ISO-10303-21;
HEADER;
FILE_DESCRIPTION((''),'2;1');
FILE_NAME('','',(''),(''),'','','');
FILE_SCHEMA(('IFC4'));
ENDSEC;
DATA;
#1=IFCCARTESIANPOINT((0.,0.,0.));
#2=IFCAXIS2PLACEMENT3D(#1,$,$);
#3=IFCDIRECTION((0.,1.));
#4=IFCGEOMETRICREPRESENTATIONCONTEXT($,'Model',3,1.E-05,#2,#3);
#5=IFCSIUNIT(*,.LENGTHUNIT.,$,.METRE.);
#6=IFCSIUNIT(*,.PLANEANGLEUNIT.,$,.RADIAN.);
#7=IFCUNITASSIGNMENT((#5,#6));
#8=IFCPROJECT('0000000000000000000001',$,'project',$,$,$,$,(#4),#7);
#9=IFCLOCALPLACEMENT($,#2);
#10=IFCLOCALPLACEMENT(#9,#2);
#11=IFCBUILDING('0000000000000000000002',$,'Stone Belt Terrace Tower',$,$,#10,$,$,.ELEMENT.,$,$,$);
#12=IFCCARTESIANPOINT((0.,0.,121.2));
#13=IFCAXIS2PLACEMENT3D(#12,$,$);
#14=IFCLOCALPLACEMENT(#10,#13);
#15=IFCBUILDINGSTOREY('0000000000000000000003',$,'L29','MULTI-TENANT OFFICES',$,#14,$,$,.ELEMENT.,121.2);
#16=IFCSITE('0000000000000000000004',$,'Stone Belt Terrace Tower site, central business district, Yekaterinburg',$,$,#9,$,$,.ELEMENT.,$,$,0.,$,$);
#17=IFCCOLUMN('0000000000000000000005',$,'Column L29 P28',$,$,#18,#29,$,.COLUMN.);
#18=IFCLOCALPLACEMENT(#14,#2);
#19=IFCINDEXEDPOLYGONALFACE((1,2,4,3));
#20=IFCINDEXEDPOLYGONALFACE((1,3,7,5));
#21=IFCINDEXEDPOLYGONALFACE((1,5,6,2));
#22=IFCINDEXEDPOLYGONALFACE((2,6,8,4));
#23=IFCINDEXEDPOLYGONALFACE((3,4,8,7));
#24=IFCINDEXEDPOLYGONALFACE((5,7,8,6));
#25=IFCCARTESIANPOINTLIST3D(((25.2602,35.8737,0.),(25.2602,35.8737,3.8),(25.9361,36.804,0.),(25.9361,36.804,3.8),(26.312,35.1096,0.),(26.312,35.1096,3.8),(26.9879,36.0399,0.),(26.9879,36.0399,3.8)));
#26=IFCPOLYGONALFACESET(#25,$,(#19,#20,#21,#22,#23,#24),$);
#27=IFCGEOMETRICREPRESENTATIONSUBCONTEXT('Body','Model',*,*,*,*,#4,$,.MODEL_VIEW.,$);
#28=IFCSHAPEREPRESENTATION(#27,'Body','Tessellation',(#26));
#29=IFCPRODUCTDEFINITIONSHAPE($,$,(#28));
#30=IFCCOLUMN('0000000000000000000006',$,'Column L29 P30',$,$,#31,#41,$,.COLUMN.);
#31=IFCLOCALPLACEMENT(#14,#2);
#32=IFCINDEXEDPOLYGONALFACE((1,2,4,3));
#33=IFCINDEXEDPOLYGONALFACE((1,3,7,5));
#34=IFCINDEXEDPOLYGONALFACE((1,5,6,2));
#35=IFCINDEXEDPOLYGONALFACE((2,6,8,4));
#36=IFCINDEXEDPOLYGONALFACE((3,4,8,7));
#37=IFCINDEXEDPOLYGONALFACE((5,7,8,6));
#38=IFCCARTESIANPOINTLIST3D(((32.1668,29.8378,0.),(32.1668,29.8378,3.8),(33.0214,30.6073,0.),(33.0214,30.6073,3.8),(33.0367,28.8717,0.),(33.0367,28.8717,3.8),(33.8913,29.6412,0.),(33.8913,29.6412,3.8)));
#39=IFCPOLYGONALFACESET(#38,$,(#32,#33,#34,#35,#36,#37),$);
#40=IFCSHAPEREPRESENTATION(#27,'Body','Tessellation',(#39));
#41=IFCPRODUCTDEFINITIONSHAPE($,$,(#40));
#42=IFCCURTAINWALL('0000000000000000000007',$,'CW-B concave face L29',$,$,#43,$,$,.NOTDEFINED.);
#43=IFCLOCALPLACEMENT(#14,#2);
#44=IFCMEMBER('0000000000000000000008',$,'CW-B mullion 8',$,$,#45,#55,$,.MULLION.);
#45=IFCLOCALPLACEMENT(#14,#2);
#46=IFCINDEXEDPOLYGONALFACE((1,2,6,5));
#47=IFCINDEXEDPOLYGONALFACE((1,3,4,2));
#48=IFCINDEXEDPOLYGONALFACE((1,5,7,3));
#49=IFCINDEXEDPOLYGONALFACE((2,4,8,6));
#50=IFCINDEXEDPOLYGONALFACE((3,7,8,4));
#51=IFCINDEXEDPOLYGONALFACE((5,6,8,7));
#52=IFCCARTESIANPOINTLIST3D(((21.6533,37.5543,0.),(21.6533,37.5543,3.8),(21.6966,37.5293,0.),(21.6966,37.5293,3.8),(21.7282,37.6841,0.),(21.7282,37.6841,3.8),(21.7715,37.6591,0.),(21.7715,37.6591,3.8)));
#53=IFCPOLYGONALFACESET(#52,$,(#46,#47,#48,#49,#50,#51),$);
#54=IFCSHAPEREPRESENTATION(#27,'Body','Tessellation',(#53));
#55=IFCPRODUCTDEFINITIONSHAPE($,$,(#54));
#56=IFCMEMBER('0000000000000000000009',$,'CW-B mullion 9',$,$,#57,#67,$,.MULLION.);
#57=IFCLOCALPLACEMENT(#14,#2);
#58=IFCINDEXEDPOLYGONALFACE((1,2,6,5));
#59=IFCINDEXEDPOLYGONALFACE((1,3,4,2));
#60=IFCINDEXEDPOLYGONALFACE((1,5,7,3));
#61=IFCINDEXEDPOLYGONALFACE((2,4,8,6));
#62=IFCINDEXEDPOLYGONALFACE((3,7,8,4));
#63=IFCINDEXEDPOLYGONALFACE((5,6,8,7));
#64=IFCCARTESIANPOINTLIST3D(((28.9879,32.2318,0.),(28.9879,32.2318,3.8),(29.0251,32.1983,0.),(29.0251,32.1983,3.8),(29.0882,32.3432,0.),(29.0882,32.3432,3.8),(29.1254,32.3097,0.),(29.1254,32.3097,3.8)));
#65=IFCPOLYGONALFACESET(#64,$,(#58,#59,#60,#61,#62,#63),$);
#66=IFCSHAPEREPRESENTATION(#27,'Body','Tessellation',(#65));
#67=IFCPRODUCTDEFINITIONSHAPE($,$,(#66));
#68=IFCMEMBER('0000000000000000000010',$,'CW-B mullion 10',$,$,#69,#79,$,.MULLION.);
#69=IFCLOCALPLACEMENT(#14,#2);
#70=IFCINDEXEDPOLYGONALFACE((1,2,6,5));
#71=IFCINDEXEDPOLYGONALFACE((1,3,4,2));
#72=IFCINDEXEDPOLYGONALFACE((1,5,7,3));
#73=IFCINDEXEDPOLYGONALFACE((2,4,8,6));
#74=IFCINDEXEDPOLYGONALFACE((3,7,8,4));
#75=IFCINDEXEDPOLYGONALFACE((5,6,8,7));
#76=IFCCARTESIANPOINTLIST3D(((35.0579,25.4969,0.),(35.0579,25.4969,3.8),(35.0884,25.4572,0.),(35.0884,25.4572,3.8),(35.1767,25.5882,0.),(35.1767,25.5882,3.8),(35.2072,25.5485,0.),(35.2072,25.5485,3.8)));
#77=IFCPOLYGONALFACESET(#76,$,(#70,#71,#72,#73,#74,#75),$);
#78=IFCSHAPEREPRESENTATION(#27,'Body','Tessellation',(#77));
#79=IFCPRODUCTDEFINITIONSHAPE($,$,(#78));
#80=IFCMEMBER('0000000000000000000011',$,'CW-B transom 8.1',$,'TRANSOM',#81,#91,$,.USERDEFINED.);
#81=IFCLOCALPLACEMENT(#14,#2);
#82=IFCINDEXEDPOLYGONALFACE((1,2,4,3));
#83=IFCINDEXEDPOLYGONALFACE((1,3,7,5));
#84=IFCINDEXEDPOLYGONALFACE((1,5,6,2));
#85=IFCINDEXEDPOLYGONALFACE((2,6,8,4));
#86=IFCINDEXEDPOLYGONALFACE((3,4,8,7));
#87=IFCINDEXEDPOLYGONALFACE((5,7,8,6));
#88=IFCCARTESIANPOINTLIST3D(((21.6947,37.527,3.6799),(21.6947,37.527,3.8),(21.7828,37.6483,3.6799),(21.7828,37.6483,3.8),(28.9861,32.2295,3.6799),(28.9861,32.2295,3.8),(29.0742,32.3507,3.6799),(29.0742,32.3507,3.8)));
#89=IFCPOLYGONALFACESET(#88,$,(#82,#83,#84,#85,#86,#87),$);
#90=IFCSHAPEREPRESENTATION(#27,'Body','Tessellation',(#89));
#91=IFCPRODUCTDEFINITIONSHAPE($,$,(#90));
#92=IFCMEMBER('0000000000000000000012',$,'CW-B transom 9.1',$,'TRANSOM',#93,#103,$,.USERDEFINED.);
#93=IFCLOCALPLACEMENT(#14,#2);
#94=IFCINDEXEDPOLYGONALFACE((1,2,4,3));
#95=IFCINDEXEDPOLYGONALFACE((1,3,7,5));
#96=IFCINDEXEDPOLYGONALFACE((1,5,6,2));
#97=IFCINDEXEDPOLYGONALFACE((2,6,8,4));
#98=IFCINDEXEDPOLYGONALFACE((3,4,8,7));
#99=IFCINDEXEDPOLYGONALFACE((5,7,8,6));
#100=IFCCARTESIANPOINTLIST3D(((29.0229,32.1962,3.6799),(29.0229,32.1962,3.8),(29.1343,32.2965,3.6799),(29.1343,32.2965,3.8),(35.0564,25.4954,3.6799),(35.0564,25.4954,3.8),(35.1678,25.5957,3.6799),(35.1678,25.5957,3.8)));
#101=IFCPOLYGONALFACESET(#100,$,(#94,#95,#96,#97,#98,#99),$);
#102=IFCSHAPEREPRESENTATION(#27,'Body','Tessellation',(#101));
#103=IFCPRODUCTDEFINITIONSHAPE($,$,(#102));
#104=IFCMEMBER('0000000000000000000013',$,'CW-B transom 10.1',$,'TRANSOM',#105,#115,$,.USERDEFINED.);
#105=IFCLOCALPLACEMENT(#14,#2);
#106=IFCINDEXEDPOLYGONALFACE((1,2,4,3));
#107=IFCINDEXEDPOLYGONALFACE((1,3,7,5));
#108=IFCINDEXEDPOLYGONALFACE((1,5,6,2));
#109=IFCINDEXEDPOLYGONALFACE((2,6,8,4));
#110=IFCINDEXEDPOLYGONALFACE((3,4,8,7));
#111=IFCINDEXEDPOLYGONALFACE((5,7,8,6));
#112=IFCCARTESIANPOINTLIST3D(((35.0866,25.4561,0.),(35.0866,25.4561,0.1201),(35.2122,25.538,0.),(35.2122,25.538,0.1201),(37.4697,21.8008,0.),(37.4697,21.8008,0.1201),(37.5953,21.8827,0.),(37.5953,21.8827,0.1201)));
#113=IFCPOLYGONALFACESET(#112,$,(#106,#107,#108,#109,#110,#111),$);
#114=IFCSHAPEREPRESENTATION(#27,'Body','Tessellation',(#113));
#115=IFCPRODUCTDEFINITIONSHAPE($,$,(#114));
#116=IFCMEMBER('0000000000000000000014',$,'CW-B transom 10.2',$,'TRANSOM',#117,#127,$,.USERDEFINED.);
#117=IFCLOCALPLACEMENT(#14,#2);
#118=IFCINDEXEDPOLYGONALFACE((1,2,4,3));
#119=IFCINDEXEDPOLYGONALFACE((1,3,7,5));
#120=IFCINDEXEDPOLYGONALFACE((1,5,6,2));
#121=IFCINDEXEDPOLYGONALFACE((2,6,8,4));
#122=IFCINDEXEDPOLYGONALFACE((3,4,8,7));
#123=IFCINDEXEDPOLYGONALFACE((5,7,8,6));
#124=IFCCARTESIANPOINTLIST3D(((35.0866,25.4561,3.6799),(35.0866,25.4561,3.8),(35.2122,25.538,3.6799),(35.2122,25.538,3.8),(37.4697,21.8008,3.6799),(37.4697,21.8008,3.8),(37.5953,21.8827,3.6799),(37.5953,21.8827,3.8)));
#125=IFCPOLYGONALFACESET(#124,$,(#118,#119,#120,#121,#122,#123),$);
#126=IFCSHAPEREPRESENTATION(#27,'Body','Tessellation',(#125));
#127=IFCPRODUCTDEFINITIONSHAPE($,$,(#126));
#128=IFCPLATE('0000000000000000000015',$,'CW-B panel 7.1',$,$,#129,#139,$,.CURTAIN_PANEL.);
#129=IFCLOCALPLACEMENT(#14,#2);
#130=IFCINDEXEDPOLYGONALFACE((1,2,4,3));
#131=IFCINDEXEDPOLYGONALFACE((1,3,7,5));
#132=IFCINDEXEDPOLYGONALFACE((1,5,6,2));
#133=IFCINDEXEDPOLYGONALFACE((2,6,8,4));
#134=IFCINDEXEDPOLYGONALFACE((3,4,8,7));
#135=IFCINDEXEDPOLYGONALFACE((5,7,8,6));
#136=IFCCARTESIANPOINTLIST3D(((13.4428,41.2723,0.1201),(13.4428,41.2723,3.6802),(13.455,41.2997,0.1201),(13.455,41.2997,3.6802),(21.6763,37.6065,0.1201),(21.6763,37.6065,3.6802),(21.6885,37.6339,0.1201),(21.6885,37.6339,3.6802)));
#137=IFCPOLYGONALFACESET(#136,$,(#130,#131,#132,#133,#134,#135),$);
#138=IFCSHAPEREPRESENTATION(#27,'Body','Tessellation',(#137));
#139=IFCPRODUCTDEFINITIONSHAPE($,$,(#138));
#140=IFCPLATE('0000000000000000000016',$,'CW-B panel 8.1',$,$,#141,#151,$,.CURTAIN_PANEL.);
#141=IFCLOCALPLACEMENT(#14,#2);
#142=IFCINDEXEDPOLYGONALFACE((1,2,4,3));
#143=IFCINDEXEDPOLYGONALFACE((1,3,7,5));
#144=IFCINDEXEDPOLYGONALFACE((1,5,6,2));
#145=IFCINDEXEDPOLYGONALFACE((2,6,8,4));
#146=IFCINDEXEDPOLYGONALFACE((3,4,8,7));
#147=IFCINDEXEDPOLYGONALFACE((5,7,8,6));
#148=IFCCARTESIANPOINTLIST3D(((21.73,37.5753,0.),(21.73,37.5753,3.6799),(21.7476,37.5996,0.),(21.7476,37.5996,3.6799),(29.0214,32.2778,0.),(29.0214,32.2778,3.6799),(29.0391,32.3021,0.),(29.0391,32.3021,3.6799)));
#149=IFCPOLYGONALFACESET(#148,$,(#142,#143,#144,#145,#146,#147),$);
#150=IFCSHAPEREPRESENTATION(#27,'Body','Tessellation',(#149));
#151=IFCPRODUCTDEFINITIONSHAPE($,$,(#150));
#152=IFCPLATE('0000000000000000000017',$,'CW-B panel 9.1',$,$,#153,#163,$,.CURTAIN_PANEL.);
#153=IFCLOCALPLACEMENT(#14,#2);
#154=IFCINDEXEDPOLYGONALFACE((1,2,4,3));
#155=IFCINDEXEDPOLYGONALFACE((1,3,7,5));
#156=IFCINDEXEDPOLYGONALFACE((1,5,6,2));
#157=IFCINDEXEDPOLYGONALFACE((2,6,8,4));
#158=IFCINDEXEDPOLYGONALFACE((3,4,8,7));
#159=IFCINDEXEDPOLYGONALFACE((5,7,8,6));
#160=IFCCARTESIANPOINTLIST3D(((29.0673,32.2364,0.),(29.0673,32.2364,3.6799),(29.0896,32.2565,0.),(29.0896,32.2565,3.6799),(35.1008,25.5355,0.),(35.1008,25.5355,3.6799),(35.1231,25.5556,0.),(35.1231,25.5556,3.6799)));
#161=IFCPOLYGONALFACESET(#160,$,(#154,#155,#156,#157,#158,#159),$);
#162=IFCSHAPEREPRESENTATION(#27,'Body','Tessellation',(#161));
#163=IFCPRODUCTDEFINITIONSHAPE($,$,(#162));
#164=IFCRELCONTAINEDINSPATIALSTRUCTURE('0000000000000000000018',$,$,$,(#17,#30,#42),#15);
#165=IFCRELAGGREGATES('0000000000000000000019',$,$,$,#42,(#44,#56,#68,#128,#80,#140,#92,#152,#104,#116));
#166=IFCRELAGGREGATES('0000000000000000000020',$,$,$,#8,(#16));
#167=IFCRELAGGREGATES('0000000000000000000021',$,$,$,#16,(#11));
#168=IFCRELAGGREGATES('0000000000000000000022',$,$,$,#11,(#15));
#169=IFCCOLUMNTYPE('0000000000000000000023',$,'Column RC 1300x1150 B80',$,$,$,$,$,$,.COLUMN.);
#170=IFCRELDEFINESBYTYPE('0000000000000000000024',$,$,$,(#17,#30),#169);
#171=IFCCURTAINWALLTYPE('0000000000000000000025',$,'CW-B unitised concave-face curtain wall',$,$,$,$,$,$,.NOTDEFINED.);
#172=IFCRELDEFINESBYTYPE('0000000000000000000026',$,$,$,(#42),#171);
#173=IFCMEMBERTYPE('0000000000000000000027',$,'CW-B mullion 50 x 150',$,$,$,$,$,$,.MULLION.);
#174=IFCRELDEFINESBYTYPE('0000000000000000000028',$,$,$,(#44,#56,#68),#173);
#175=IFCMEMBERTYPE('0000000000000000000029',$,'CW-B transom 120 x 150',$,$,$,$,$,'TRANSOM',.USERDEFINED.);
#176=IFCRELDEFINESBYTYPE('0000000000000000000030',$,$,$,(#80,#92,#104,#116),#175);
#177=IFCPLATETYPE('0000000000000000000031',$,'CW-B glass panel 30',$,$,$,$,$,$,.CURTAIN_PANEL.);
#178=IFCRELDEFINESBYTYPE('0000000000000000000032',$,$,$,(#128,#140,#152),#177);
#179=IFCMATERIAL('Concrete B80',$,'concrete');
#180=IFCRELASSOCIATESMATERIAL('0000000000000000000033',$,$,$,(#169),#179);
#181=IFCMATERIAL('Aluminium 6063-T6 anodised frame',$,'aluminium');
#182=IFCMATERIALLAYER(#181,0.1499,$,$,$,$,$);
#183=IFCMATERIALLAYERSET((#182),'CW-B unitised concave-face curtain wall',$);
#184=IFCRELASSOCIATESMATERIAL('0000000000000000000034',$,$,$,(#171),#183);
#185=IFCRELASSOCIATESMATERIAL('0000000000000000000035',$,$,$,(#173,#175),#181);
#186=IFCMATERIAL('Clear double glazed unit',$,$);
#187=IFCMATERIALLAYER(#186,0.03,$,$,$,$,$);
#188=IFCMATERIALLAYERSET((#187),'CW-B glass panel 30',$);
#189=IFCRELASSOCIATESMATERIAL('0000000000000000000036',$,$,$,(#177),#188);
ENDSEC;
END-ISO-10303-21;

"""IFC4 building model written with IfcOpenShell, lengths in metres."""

from ifc_helpers import new_model, si_unit, direction, frame, origin, origin_2d, place, context, subcontext, project, spatial, rectangle, extrude, material, layer, layer_set, material_profile, profile_set, type_object, element, aggregate, save


model = new_model("IFC4")

# Units and contexts
model_context = context("Model", 3, precision=1e-05, world=origin(), true_north=direction((0.0, 1.0)))
body_context = subcontext(model_context, "Body", "Model", "MODEL_VIEW")
ifc_project = project(units=[si_unit("LENGTHUNIT", "METRE"), si_unit("PLANEANGLEUNIT", "RADIAN")], contexts=[model_context])

# Site, building, storey
site_placement = place(None, origin())
site = spatial("IfcSite", under=ifc_project, at=site_placement, Name="Stone Belt Terrace Tower site, central business district, Yekaterinburg", CompositionType="ELEMENT", RefElevation=0.0)
building_placement = place(site_placement, origin())
building = spatial("IfcBuilding", under=site, at=building_placement, Name="Stone Belt Terrace Tower", CompositionType="ELEMENT")
storey_placement = place(building_placement, frame((0.0, 0.0, 121.2)))
storey = spatial("IfcBuildingStorey", under=building, at=storey_placement, Name="L29", Description="MULTI-TENANT OFFICES", CompositionType="ELEMENT", Elevation=121.2)

# Columns
ifc_material_1 = material(Name="Concrete B80", Category="concrete")
ifc_material_profile_1 = material_profile(ifc_material_1, rectangle(XDim=1.3, YDim=1.1499, at=origin_2d()), Name="RC 1300x1150")
ifc_profile_set_1 = profile_set([ifc_material_profile_1], Name="Concrete B80")
column_type = type_object("IfcColumnType", Name="Column RC 1300x1150 B80", PredefinedType="COLUMN", material=ifc_profile_set_1)
for number, where, z_axis, x_axis, name in (
    (1, (26.124, 35.9568, 0.0), (0.0, 0.0, 1.0), (0.809017, -0.587785, 0.0), "Column L29 P28"),
    (2, (33.0291, 29.7395, 0.0), (0.0, 0.0, 1.0), (0.669131, -0.743145, 0.0), "Column L29 P30"),
):
    element("IfcColumn", number, at=place(storey_placement, frame(where, z_axis=z_axis, x_axis=x_axis)), inside=storey, type_object=column_type, Name=name, PredefinedType="COLUMN", context=body_context, shape_type="SweptSolid", body=[
        extrude(rectangle(XDim=1.3, YDim=1.1499, at=origin_2d()), origin(), (0.0, 0.0, 1.0), 3.8),
    ])

# Curtain wall, members, plates
ifc_material_2 = material(Name="Aluminium 6063-T6 anodised frame", Category="aluminium")
ifc_layer_1 = layer(ifc_material_2, 0.1499)
ifc_layer_set_1 = layer_set([ifc_layer_1], Name="CW-B unitised concave-face curtain wall")
curtain_wall_type = type_object("IfcCurtainWallType", Name="CW-B unitised concave-face curtain wall", PredefinedType="NOTDEFINED", material=ifc_layer_set_1)
curtain_wall_placement = place(storey_placement, origin())
curtain_wall = element("IfcCurtainWall", 3, at=curtain_wall_placement, inside=storey, type_object=curtain_wall_type, Name="CW-B concave face L29", PredefinedType="NOTDEFINED")
ifc_material_profile_2 = material_profile(ifc_material_2, rectangle(XDim=0.1499, YDim=0.05, at=origin_2d()), Name="Aluminium 6063-T6 50x150")
ifc_profile_set_2 = profile_set([ifc_material_profile_2], Name="Aluminium 6063-T6 anodised frame")
member_type_1 = type_object("IfcMemberType", Name="CW-B mullion 50 x 150", PredefinedType="MULLION", material=ifc_profile_set_2)
member_1_placement = place(storey_placement, frame((21.7124, 37.6067, 0.0), z_axis=(0.0, 0.0, 1.0), x_axis=(0.5, 0.866025, 0.0)))
member_1 = element("IfcMember", 4, at=member_1_placement, type_object=member_type_1, Name="CW-B mullion 8", PredefinedType="MULLION", context=body_context, shape_type="SweptSolid", body=[
    extrude(rectangle(XDim=0.1499, YDim=0.05, at=origin_2d()), origin(), (0.0, 0.0, 1.0), 3.8),
])
member_2_placement = place(storey_placement, frame((29.0566, 32.2708, 0.0), z_axis=(0.0, 0.0, 1.0), x_axis=(0.669131, 0.743145, 0.0)))
member_2 = element("IfcMember", 5, at=member_2_placement, type_object=member_type_1, Name="CW-B mullion 9", PredefinedType="MULLION", context=body_context, shape_type="SweptSolid", body=[
    extrude(rectangle(XDim=0.1499, YDim=0.05, at=origin_2d()), origin(), (0.0, 0.0, 1.0), 3.8),
])
member_3_placement = place(storey_placement, frame((35.1326, 25.5227, 0.0), z_axis=(0.0, 0.0, 1.0), x_axis=(0.792811, 0.609468, 0.0)))
member_3 = element("IfcMember", 6, at=member_3_placement, type_object=member_type_1, Name="CW-B mullion 10", PredefinedType="MULLION", context=body_context, shape_type="SweptSolid", body=[
    extrude(rectangle(XDim=0.1499, YDim=0.05, at=origin_2d()), origin(), (0.0, 0.0, 1.0), 3.8),
])
ifc_material_profile_3 = material_profile(ifc_material_2, rectangle(XDim=0.1499, YDim=0.1201, at=origin_2d()), Name="Aluminium 6063-T6 150x120")
ifc_profile_set_3 = profile_set([ifc_material_profile_3], Name="Aluminium 6063-T6 anodised frame")
member_type_2 = type_object("IfcMemberType", Name="CW-B transom 120 x 150", ElementType="TRANSOM", PredefinedType="USERDEFINED", material=ifc_profile_set_3)
member_4_placement = place(storey_placement, frame((21.7388, 37.5876, 3.74), z_axis=(0.809016, -0.587787, 0.0), x_axis=(0.587787, 0.809016, 0.0)))
member_4 = element("IfcMember", 7, at=member_4_placement, type_object=member_type_2, Name="CW-B transom 8.1", ObjectType="TRANSOM", PredefinedType="USERDEFINED", context=body_context, shape_type="SweptSolid", body=[
    extrude(rectangle(XDim=0.1499, YDim=0.1201, at=origin_2d()), origin(), (0.0, 0.0, 1.0), 9.0127),
])
member_5_placement = place(storey_placement, frame((29.0786, 32.2463, 3.74), z_axis=(0.669138, -0.743138, 0.0), x_axis=(0.743138, 0.669138, 0.0)))
member_5 = element("IfcMember", 8, at=member_5_placement, type_object=member_type_2, Name="CW-B transom 9.1", ObjectType="TRANSOM", PredefinedType="USERDEFINED", context=body_context, shape_type="SweptSolid", body=[
    extrude(rectangle(XDim=0.1499, YDim=0.1201, at=origin_2d()), origin(), (0.0, 0.0, 1.0), 9.0168),
])
member_6_placement = place(storey_placement, frame((35.1494, 25.4971, 0.0601), z_axis=(0.546136, -0.837696, 0.0), x_axis=(0.837696, 0.546136, 0.0)))
member_6 = element("IfcMember", 9, at=member_6_placement, type_object=member_type_2, Name="CW-B transom 10.1", ObjectType="TRANSOM", PredefinedType="USERDEFINED", context=body_context, shape_type="SweptSolid", body=[
    extrude(rectangle(XDim=0.1499, YDim=0.1201, at=origin_2d()), origin(), (0.0, 0.0, 1.0), 4.3635),
])
member_7_placement = place(storey_placement, frame((35.1494, 25.4971, 3.74), z_axis=(0.546136, -0.837696, 0.0), x_axis=(0.837696, 0.546136, 0.0)))
member_7 = element("IfcMember", 10, at=member_7_placement, type_object=member_type_2, Name="CW-B transom 10.2", ObjectType="TRANSOM", PredefinedType="USERDEFINED", context=body_context, shape_type="SweptSolid", body=[
    extrude(rectangle(XDim=0.1499, YDim=0.1201, at=origin_2d()), origin(), (0.0, 0.0, 1.0), 4.3635),
])
ifc_material_3 = material(Name="Clear double glazed unit")
ifc_layer_2 = layer(ifc_material_3, 0.03)
ifc_layer_set_2 = layer_set([ifc_layer_2], Name="CW-B glass panel 30")
plate_type = type_object("IfcPlateType", Name="CW-B glass panel 30", PredefinedType="CURTAIN_PANEL", material=ifc_layer_set_2)
plate_1_placement = place(storey_placement, frame((17.5657, 39.4531, 0.1201), z_axis=(0.0, 0.0, 1.0), x_axis=(0.913545, -0.406737, 0.0)))
plate_1 = element("IfcPlate", 11, at=plate_1_placement, type_object=plate_type, Name="CW-B panel 7.1", PredefinedType="CURTAIN_PANEL", context=body_context, shape_type="SweptSolid", body=[
    extrude(rectangle(XDim=9.0127, YDim=0.03, at=origin_2d()), origin(), (0.0, 0.0, 1.0), 3.5601),
])
plate_2_placement = place(storey_placement, frame((25.3845, 34.9387, 0.0), z_axis=(0.0, 0.0, 1.0), x_axis=(0.809017, -0.587785, 0.0)))
plate_2 = element("IfcPlate", 12, at=plate_2_placement, type_object=plate_type, Name="CW-B panel 8.1", PredefinedType="CURTAIN_PANEL", context=body_context, shape_type="SweptSolid", body=[
    extrude(rectangle(XDim=9.0127, YDim=0.03, at=origin_2d()), origin(), (0.0, 0.0, 1.0), 3.6799),
])
plate_3_placement = place(storey_placement, frame((32.0952, 28.896, 0.0), z_axis=(0.0, 0.0, 1.0), x_axis=(0.669131, -0.743145, 0.0)))
plate_3 = element("IfcPlate", 13, at=plate_3_placement, type_object=plate_type, Name="CW-B panel 9.1", PredefinedType="CURTAIN_PANEL", context=body_context, shape_type="SweptSolid", body=[
    extrude(rectangle(XDim=9.0168, YDim=0.03, at=origin_2d()), origin(), (0.0, 0.0, 1.0), 3.6799),
])
aggregate(curtain_wall, [member_1, member_2, member_3, plate_1, member_4, plate_2, member_5, plate_3, member_6, member_7])

save(model, "model.ifc")
